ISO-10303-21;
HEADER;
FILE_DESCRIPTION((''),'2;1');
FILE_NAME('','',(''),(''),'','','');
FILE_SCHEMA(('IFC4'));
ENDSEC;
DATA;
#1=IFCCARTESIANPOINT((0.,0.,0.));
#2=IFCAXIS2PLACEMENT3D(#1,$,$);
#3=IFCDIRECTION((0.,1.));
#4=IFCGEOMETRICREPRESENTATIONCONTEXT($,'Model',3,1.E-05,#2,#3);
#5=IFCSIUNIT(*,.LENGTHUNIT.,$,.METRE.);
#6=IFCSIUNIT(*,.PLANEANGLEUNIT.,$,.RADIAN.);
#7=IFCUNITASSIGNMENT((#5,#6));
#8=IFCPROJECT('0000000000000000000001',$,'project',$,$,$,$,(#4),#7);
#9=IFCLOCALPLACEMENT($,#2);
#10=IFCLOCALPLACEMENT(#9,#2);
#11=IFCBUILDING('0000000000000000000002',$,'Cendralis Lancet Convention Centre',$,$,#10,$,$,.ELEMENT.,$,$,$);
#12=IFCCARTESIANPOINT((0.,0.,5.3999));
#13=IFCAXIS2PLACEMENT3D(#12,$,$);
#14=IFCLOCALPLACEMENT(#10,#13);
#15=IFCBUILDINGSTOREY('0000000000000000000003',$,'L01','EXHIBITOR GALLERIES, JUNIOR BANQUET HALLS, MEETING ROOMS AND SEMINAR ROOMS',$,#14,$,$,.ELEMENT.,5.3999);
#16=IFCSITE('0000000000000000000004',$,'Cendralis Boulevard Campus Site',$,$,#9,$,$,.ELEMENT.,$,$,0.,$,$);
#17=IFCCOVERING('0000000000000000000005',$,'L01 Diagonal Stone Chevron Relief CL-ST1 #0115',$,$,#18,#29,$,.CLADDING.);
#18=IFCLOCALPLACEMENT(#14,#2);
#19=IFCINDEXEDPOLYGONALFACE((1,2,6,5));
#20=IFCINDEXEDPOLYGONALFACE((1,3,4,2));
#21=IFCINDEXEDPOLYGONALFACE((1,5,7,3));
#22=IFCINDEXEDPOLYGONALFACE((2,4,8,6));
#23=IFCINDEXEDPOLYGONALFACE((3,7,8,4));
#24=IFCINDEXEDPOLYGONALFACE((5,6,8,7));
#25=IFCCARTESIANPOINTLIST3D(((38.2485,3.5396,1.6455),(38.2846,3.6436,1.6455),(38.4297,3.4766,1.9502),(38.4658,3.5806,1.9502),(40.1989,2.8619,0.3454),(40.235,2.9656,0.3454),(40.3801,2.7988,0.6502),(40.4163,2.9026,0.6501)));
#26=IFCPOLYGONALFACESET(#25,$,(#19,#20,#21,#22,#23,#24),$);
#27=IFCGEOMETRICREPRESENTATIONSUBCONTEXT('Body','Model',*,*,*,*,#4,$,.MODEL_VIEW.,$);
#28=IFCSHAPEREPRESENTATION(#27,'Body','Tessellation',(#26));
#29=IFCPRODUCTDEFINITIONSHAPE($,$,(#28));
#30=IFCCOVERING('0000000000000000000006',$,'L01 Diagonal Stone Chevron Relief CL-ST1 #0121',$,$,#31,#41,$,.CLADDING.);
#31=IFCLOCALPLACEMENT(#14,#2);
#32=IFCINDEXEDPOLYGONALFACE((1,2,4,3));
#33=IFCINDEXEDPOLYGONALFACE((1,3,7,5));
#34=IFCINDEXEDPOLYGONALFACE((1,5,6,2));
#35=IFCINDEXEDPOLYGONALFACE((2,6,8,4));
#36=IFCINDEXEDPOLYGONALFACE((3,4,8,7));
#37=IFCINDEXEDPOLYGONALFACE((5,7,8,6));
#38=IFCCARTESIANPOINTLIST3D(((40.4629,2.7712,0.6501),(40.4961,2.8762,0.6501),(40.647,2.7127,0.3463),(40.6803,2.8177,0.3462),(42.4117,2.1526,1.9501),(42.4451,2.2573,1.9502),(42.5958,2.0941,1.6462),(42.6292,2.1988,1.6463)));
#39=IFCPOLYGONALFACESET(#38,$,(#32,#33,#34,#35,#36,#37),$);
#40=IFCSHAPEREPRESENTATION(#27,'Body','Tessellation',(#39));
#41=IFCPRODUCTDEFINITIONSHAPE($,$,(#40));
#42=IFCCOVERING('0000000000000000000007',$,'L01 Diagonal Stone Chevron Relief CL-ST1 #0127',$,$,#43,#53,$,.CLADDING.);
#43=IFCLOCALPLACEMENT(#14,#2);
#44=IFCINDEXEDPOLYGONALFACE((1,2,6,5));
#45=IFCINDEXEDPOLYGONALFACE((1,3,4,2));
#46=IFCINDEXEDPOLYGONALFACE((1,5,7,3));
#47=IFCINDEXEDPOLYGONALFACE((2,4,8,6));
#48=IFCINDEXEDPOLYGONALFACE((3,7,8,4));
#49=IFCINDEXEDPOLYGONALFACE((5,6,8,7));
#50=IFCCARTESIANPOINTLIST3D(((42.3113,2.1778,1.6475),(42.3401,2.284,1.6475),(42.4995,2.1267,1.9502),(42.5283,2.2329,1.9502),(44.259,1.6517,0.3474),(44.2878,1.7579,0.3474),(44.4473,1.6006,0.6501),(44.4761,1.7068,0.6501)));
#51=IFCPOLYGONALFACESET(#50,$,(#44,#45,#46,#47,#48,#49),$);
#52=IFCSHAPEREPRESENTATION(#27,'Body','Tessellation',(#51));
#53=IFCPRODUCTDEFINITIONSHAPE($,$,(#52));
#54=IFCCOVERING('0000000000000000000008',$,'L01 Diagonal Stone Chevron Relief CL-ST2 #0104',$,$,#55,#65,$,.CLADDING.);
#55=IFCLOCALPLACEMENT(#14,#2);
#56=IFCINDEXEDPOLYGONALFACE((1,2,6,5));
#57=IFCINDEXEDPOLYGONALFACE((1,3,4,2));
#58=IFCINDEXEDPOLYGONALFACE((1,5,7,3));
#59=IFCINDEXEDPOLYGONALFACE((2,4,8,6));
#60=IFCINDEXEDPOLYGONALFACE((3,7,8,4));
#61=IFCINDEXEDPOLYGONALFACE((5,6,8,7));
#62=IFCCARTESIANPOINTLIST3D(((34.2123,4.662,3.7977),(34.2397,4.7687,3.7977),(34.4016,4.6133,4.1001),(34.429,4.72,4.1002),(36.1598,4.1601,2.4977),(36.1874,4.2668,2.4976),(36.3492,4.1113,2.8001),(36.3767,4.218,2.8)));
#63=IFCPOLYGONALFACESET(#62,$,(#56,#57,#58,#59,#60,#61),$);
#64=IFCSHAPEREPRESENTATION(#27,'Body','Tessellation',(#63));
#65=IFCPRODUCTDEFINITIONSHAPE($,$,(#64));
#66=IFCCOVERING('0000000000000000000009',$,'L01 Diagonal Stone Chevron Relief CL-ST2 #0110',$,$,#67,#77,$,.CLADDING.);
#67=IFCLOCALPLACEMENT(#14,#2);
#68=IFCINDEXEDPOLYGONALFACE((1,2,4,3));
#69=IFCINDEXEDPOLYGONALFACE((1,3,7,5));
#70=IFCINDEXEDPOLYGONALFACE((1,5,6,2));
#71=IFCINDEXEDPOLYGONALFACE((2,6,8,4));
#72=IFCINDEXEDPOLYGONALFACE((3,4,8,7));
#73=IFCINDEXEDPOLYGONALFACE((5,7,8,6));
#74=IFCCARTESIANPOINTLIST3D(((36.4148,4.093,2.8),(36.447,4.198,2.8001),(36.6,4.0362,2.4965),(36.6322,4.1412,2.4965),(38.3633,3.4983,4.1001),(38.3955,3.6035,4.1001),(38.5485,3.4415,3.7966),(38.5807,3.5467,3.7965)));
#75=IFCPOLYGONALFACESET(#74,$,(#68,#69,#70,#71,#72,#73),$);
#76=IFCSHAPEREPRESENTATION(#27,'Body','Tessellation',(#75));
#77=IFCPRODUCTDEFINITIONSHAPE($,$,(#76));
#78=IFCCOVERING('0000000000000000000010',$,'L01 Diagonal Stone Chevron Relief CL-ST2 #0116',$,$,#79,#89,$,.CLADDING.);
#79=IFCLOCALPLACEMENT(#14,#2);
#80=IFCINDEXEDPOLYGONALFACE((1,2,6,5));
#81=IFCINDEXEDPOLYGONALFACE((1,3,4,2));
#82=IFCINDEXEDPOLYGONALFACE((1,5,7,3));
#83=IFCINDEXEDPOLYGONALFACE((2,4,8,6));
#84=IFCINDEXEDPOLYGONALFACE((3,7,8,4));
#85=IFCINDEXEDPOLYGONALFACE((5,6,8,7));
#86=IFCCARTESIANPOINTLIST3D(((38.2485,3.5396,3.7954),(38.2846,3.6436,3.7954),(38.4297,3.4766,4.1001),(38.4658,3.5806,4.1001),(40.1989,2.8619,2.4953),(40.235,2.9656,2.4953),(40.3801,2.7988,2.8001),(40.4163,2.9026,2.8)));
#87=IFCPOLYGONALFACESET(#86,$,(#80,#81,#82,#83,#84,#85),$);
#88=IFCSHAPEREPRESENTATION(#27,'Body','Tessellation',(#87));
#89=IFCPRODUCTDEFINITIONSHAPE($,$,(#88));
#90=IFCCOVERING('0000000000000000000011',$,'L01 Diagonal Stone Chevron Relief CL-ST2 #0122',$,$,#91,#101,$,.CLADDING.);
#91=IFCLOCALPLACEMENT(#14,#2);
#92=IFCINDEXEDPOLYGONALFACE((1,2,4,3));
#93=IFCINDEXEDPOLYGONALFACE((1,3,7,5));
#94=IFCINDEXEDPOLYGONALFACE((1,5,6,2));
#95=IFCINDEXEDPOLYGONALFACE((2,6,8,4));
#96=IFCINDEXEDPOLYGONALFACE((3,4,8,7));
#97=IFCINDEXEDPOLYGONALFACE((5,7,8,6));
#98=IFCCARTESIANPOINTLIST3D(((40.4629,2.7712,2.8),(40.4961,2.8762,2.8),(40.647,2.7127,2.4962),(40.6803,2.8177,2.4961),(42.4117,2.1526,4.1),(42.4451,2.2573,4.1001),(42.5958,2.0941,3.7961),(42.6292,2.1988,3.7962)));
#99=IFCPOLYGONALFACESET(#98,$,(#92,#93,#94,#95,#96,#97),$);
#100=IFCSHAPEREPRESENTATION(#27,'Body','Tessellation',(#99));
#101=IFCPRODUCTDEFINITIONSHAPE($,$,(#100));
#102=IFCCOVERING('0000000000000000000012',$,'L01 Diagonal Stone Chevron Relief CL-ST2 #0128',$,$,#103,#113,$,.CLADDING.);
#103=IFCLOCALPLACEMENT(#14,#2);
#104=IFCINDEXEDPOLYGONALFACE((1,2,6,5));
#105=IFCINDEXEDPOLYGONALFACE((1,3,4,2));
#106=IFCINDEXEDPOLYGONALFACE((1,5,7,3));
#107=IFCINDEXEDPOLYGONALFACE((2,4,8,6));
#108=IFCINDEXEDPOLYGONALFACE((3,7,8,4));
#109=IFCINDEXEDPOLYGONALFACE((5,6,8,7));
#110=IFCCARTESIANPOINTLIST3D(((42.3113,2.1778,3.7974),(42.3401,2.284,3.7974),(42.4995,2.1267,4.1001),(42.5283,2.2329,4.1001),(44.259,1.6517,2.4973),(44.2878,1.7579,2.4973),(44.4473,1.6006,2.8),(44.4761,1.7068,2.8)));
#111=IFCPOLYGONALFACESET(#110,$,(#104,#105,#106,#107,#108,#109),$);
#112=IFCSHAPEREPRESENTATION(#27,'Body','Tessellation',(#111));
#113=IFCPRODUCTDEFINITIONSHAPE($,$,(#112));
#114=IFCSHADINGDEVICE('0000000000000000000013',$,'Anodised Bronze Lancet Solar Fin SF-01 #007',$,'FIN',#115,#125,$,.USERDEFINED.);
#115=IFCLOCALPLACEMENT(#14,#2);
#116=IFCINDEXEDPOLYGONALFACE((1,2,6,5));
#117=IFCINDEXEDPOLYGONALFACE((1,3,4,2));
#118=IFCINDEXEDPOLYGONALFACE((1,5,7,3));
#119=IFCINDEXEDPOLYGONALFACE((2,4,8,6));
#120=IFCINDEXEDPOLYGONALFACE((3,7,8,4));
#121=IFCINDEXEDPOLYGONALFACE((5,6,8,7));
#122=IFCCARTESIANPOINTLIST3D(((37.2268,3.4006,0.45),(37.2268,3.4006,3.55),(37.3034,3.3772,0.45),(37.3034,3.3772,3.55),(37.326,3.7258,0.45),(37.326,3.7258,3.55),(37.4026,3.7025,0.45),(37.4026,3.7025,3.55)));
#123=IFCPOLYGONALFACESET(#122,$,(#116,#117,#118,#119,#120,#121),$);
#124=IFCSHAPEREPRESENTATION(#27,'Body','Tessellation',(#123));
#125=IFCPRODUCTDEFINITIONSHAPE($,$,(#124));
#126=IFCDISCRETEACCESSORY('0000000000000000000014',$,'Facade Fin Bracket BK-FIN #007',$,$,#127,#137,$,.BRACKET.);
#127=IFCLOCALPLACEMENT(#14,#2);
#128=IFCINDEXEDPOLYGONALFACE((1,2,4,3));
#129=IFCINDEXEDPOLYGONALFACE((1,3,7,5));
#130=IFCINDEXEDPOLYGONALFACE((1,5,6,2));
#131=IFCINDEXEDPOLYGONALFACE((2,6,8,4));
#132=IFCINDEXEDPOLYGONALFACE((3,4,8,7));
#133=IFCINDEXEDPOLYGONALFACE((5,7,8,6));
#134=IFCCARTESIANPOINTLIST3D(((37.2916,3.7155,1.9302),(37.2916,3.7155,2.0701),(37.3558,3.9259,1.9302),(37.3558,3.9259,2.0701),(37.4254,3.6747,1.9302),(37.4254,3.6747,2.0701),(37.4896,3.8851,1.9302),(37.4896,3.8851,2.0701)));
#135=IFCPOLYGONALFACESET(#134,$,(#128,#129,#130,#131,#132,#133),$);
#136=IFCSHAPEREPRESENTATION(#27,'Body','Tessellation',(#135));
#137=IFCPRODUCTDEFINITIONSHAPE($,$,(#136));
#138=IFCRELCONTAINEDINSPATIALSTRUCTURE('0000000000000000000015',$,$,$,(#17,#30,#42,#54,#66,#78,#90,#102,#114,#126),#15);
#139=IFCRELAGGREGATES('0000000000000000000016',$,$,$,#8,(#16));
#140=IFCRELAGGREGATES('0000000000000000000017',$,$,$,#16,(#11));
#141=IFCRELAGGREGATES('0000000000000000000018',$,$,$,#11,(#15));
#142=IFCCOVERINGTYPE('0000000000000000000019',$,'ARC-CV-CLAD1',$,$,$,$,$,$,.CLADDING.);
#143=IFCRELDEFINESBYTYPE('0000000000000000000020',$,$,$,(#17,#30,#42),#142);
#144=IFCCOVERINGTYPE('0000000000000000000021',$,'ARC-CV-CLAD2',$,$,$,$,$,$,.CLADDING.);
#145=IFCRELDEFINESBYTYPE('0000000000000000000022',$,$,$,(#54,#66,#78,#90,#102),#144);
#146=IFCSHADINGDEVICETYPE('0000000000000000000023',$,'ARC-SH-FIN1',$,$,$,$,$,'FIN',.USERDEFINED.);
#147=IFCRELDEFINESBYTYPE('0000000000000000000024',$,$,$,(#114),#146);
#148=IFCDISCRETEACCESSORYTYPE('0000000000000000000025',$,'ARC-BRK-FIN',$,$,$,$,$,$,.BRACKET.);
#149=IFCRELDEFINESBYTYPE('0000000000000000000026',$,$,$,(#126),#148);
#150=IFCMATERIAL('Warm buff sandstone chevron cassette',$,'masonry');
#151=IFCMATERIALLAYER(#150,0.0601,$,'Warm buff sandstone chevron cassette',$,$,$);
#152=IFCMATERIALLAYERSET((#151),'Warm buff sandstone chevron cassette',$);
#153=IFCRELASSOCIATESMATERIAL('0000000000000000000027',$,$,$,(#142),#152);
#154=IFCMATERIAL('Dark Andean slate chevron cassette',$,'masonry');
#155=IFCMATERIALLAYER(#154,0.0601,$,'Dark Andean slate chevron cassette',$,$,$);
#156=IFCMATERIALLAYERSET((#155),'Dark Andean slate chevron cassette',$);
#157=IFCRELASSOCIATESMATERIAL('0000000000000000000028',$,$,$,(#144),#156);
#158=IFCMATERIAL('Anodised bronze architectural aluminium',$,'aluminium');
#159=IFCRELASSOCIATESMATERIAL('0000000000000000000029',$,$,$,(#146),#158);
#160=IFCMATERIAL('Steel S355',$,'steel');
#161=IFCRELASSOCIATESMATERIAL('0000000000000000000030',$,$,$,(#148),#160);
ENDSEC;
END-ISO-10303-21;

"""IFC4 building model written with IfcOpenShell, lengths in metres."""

from ifc_helpers import new_model, si_unit, direction, frame, origin, origin_2d, place, context, subcontext, project, spatial, polyline, rectangle, outline, extrude, material, layer, layer_set, type_object, element, save


model = new_model("IFC4")

# Units and contexts
model_context = context("Model", 3, precision=1e-05, world=origin(), true_north=direction((0.0, 1.0)))
body_context = subcontext(model_context, "Body", "Model", "MODEL_VIEW")
ifc_project = project(units=[si_unit("LENGTHUNIT", "METRE"), si_unit("PLANEANGLEUNIT", "RADIAN")], contexts=[model_context])

# Site, building, storey
site_placement = place(None, origin())
site = spatial("IfcSite", under=ifc_project, at=site_placement, Name="Cendralis Boulevard Campus Site", CompositionType="ELEMENT", RefElevation=0.0)
building_placement = place(site_placement, origin())
building = spatial("IfcBuilding", under=site, at=building_placement, Name="Cendralis Lancet Convention Centre", CompositionType="ELEMENT")
storey_placement = place(building_placement, frame((0.0, 0.0, 5.3999)))
storey = spatial("IfcBuildingStorey", under=building, at=storey_placement, Name="L01", Description="EXHIBITOR GALLERIES, JUNIOR BANQUET HALLS, MEETING ROOMS AND SEMINAR ROOMS", CompositionType="ELEMENT", Elevation=5.3999)

# Shared definitions
ifc_material_1 = material(Name="Steel S355", Category="steel")

# Shared definitions
ifc_material_2 = material(Name="Dark Andean slate chevron cassette", Category="masonry")
ifc_material_3 = material(Name="Warm buff sandstone chevron cassette", Category="masonry")

# Coverings
ifc_layer_1 = layer(ifc_material_3, 0.0601, Name="Warm buff sandstone chevron cassette")
ifc_layer_set_1 = layer_set([ifc_layer_1], Name="Warm buff sandstone chevron cassette")
covering_type_1 = type_object("IfcCoveringType", Name="ARC-CV-CLAD1", PredefinedType="CLADDING", material=ifc_layer_set_1)
covering_1_placement = place(storey_placement, frame((38.4297, 3.4766, 1.9502), z_axis=(0.503225, -0.175035, 0.846243), x_axis=(0.79936, -0.27776, -0.532797)))
element("IfcCovering", 1, at=covering_1_placement, inside=storey, type_object=covering_type_1, Name="L01 Diagonal Stone Chevron Relief CL-ST1 #0115", PredefinedType="CLADDING", context=body_context, shape_type="SweptSolid", body=[
    extrude(outline(polyline([(0.0, 0.0), (2.44, 0.0), (2.4401, 0.1099), (0.0, 0.1101), (0.0, 0.0)])), origin(), (0.0, 0.0, -1.0), 0.3601),
])
covering_2_placement = place(storey_placement, frame((40.4629, 2.7712, 0.6501), z_axis=(-0.511338, 0.162509, 0.843875), x_axis=(0.804317, -0.255342, 0.53654)))
element("IfcCovering", 2, at=covering_2_placement, inside=storey, type_object=covering_type_1, Name="L01 Diagonal Stone Chevron Relief CL-ST1 #0121", PredefinedType="CLADDING", context=body_context, shape_type="SweptSolid", body=[
    extrude(outline(polyline([(0.0, 0.0), (2.4229, 0.0), (2.4231, 0.1099), (-0.0001, 0.1101), (0.0, 0.0)])), origin(), (0.0, 0.0, -1.0), 0.3601),
])
covering_3_placement = place(storey_placement, frame((42.4995, 2.1267, 1.9502), z_axis=(0.522763, -0.141807, 0.840601), x_axis=(0.811516, -0.219205, -0.541655)))
element("IfcCovering", 3, at=covering_3_placement, inside=storey, type_object=covering_type_1, Name="L01 Diagonal Stone Chevron Relief CL-ST1 #0127", PredefinedType="CLADDING", context=body_context, shape_type="SweptSolid", body=[
    extrude(outline(polyline([(0.0, 0.0), (2.4001, 0.0), (2.4002, 0.11), (0.0001, 0.11), (0.0, 0.0)])), origin(), (0.0, 0.0, -1.0), 0.3601),
])
ifc_layer_2 = layer(ifc_material_2, 0.0601, Name="Dark Andean slate chevron cassette")
ifc_layer_set_2 = layer_set([ifc_layer_2], Name="Dark Andean slate chevron cassette")
covering_type_2 = type_object("IfcCoveringType", Name="ARC-CV-CLAD2", PredefinedType="CLADDING", material=ifc_layer_set_2)
covering_4_placement = place(storey_placement, frame((34.4016, 4.6133, 4.1001), z_axis=(0.525709, -0.135337, 0.83983), x_axis=(0.813252, -0.209608, -0.54285)))
element("IfcCovering", 4, at=covering_4_placement, inside=storey, type_object=covering_type_2, Name="L01 Diagonal Stone Chevron Relief CL-ST2 #0104", PredefinedType="CLADDING", context=body_context, shape_type="SweptSolid", body=[
    extrude(outline(polyline([(0.0, 0.0), (2.3948, 0.0), (2.3948, 0.1102), (-0.0001, 0.1101), (0.0, 0.0)])), origin(), (0.0, 0.0, -1.0), 0.3601),
])
covering_5_placement = place(storey_placement, frame((36.4148, 4.093, 2.8), z_axis=(-0.514317, 0.1577, 0.842976), x_axis=(0.806256, -0.246089, 0.537951)))
element("IfcCovering", 5, at=covering_5_placement, inside=storey, type_object=covering_type_2, Name="L01 Diagonal Stone Chevron Relief CL-ST2 #0110", PredefinedType="CLADDING", context=body_context, shape_type="SweptSolid", body=[
    extrude(outline(polyline([(0.0, 0.0), (2.4167, 0.0), (2.4168, 0.11), (0.0001, 0.1098), (0.0, 0.0)])), origin(), (0.0, 0.0, -1.0), 0.3601),
])
covering_6_placement = place(storey_placement, frame((38.4297, 3.4766, 4.1001), z_axis=(0.503225, -0.175035, 0.846243), x_axis=(0.79936, -0.27776, -0.532797)))
element("IfcCovering", 6, at=covering_6_placement, inside=storey, type_object=covering_type_2, Name="L01 Diagonal Stone Chevron Relief CL-ST2 #0116", PredefinedType="CLADDING", context=body_context, shape_type="SweptSolid", body=[
    extrude(outline(polyline([(0.0, 0.0), (2.44, 0.0), (2.4401, 0.1099), (0.0, 0.1101), (0.0, 0.0)])), origin(), (0.0, 0.0, -1.0), 0.3601),
])
covering_7_placement = place(storey_placement, frame((40.4629, 2.7712, 2.8), z_axis=(-0.511338, 0.162509, 0.843875), x_axis=(0.804317, -0.255342, 0.53654)))
element("IfcCovering", 7, at=covering_7_placement, inside=storey, type_object=covering_type_2, Name="L01 Diagonal Stone Chevron Relief CL-ST2 #0122", PredefinedType="CLADDING", context=body_context, shape_type="SweptSolid", body=[
    extrude(outline(polyline([(0.0, 0.0), (2.4229, 0.0), (2.4231, 0.1099), (-0.0001, 0.1101), (0.0, 0.0)])), origin(), (0.0, 0.0, -1.0), 0.3601),
])
covering_8_placement = place(storey_placement, frame((42.4995, 2.1267, 4.1001), z_axis=(0.522763, -0.141807, 0.840601), x_axis=(0.811516, -0.219205, -0.541655)))
element("IfcCovering", 8, at=covering_8_placement, inside=storey, type_object=covering_type_2, Name="L01 Diagonal Stone Chevron Relief CL-ST2 #0128", PredefinedType="CLADDING", context=body_context, shape_type="SweptSolid", body=[
    extrude(outline(polyline([(0.0, 0.0), (2.4001, 0.0), (2.4002, 0.11), (0.0001, 0.11), (0.0, 0.0)])), origin(), (0.0, 0.0, -1.0), 0.3601),
])

# Shading device
ifc_material_4 = material(Name="Anodised bronze architectural aluminium", Category="aluminium")
shading_device_type = type_object("IfcShadingDeviceType", Name="ARC-SH-FIN1", ElementType="FIN", PredefinedType="USERDEFINED", material=ifc_material_4)
shading_device_placement = place(storey_placement, frame((37.3147, 3.5515, 0.45), z_axis=(0.0, 0.0, 1.0), x_axis=(0.956453, -0.291888, 0.0)))
element("IfcShadingDevice", 9, at=shading_device_placement, inside=storey, type_object=shading_device_type, Name="Anodised Bronze Lancet Solar Fin SF-01 #007", ObjectType="FIN", PredefinedType="USERDEFINED", context=body_context, shape_type="SweptSolid", body=[
    extrude(rectangle(XDim=0.0801, YDim=0.3401, at=origin_2d()), origin(), (0.0, 0.0, 1.0), 3.1001),
])

# Discrete accessory
discrete_accessory_type = type_object("IfcDiscreteAccessoryType", Name="ARC-BRK-FIN", PredefinedType="BRACKET", material=ifc_material_1)
discrete_accessory_placement = place(storey_placement, frame((37.3906, 3.8003, 1.9302), z_axis=(0.0, 0.0, 1.0), x_axis=(0.956453, -0.291888, 0.0)))
element("IfcDiscreteAccessory", 10, at=discrete_accessory_placement, inside=storey, type_object=discrete_accessory_type, Name="Facade Fin Bracket BK-FIN #007", PredefinedType="BRACKET", context=body_context, shape_type="SweptSolid", body=[
    extrude(rectangle(XDim=0.1399, YDim=0.22, at=origin_2d()), origin(), (0.0, 0.0, 1.0), 0.1399),
])

save(model, "model.ifc")
